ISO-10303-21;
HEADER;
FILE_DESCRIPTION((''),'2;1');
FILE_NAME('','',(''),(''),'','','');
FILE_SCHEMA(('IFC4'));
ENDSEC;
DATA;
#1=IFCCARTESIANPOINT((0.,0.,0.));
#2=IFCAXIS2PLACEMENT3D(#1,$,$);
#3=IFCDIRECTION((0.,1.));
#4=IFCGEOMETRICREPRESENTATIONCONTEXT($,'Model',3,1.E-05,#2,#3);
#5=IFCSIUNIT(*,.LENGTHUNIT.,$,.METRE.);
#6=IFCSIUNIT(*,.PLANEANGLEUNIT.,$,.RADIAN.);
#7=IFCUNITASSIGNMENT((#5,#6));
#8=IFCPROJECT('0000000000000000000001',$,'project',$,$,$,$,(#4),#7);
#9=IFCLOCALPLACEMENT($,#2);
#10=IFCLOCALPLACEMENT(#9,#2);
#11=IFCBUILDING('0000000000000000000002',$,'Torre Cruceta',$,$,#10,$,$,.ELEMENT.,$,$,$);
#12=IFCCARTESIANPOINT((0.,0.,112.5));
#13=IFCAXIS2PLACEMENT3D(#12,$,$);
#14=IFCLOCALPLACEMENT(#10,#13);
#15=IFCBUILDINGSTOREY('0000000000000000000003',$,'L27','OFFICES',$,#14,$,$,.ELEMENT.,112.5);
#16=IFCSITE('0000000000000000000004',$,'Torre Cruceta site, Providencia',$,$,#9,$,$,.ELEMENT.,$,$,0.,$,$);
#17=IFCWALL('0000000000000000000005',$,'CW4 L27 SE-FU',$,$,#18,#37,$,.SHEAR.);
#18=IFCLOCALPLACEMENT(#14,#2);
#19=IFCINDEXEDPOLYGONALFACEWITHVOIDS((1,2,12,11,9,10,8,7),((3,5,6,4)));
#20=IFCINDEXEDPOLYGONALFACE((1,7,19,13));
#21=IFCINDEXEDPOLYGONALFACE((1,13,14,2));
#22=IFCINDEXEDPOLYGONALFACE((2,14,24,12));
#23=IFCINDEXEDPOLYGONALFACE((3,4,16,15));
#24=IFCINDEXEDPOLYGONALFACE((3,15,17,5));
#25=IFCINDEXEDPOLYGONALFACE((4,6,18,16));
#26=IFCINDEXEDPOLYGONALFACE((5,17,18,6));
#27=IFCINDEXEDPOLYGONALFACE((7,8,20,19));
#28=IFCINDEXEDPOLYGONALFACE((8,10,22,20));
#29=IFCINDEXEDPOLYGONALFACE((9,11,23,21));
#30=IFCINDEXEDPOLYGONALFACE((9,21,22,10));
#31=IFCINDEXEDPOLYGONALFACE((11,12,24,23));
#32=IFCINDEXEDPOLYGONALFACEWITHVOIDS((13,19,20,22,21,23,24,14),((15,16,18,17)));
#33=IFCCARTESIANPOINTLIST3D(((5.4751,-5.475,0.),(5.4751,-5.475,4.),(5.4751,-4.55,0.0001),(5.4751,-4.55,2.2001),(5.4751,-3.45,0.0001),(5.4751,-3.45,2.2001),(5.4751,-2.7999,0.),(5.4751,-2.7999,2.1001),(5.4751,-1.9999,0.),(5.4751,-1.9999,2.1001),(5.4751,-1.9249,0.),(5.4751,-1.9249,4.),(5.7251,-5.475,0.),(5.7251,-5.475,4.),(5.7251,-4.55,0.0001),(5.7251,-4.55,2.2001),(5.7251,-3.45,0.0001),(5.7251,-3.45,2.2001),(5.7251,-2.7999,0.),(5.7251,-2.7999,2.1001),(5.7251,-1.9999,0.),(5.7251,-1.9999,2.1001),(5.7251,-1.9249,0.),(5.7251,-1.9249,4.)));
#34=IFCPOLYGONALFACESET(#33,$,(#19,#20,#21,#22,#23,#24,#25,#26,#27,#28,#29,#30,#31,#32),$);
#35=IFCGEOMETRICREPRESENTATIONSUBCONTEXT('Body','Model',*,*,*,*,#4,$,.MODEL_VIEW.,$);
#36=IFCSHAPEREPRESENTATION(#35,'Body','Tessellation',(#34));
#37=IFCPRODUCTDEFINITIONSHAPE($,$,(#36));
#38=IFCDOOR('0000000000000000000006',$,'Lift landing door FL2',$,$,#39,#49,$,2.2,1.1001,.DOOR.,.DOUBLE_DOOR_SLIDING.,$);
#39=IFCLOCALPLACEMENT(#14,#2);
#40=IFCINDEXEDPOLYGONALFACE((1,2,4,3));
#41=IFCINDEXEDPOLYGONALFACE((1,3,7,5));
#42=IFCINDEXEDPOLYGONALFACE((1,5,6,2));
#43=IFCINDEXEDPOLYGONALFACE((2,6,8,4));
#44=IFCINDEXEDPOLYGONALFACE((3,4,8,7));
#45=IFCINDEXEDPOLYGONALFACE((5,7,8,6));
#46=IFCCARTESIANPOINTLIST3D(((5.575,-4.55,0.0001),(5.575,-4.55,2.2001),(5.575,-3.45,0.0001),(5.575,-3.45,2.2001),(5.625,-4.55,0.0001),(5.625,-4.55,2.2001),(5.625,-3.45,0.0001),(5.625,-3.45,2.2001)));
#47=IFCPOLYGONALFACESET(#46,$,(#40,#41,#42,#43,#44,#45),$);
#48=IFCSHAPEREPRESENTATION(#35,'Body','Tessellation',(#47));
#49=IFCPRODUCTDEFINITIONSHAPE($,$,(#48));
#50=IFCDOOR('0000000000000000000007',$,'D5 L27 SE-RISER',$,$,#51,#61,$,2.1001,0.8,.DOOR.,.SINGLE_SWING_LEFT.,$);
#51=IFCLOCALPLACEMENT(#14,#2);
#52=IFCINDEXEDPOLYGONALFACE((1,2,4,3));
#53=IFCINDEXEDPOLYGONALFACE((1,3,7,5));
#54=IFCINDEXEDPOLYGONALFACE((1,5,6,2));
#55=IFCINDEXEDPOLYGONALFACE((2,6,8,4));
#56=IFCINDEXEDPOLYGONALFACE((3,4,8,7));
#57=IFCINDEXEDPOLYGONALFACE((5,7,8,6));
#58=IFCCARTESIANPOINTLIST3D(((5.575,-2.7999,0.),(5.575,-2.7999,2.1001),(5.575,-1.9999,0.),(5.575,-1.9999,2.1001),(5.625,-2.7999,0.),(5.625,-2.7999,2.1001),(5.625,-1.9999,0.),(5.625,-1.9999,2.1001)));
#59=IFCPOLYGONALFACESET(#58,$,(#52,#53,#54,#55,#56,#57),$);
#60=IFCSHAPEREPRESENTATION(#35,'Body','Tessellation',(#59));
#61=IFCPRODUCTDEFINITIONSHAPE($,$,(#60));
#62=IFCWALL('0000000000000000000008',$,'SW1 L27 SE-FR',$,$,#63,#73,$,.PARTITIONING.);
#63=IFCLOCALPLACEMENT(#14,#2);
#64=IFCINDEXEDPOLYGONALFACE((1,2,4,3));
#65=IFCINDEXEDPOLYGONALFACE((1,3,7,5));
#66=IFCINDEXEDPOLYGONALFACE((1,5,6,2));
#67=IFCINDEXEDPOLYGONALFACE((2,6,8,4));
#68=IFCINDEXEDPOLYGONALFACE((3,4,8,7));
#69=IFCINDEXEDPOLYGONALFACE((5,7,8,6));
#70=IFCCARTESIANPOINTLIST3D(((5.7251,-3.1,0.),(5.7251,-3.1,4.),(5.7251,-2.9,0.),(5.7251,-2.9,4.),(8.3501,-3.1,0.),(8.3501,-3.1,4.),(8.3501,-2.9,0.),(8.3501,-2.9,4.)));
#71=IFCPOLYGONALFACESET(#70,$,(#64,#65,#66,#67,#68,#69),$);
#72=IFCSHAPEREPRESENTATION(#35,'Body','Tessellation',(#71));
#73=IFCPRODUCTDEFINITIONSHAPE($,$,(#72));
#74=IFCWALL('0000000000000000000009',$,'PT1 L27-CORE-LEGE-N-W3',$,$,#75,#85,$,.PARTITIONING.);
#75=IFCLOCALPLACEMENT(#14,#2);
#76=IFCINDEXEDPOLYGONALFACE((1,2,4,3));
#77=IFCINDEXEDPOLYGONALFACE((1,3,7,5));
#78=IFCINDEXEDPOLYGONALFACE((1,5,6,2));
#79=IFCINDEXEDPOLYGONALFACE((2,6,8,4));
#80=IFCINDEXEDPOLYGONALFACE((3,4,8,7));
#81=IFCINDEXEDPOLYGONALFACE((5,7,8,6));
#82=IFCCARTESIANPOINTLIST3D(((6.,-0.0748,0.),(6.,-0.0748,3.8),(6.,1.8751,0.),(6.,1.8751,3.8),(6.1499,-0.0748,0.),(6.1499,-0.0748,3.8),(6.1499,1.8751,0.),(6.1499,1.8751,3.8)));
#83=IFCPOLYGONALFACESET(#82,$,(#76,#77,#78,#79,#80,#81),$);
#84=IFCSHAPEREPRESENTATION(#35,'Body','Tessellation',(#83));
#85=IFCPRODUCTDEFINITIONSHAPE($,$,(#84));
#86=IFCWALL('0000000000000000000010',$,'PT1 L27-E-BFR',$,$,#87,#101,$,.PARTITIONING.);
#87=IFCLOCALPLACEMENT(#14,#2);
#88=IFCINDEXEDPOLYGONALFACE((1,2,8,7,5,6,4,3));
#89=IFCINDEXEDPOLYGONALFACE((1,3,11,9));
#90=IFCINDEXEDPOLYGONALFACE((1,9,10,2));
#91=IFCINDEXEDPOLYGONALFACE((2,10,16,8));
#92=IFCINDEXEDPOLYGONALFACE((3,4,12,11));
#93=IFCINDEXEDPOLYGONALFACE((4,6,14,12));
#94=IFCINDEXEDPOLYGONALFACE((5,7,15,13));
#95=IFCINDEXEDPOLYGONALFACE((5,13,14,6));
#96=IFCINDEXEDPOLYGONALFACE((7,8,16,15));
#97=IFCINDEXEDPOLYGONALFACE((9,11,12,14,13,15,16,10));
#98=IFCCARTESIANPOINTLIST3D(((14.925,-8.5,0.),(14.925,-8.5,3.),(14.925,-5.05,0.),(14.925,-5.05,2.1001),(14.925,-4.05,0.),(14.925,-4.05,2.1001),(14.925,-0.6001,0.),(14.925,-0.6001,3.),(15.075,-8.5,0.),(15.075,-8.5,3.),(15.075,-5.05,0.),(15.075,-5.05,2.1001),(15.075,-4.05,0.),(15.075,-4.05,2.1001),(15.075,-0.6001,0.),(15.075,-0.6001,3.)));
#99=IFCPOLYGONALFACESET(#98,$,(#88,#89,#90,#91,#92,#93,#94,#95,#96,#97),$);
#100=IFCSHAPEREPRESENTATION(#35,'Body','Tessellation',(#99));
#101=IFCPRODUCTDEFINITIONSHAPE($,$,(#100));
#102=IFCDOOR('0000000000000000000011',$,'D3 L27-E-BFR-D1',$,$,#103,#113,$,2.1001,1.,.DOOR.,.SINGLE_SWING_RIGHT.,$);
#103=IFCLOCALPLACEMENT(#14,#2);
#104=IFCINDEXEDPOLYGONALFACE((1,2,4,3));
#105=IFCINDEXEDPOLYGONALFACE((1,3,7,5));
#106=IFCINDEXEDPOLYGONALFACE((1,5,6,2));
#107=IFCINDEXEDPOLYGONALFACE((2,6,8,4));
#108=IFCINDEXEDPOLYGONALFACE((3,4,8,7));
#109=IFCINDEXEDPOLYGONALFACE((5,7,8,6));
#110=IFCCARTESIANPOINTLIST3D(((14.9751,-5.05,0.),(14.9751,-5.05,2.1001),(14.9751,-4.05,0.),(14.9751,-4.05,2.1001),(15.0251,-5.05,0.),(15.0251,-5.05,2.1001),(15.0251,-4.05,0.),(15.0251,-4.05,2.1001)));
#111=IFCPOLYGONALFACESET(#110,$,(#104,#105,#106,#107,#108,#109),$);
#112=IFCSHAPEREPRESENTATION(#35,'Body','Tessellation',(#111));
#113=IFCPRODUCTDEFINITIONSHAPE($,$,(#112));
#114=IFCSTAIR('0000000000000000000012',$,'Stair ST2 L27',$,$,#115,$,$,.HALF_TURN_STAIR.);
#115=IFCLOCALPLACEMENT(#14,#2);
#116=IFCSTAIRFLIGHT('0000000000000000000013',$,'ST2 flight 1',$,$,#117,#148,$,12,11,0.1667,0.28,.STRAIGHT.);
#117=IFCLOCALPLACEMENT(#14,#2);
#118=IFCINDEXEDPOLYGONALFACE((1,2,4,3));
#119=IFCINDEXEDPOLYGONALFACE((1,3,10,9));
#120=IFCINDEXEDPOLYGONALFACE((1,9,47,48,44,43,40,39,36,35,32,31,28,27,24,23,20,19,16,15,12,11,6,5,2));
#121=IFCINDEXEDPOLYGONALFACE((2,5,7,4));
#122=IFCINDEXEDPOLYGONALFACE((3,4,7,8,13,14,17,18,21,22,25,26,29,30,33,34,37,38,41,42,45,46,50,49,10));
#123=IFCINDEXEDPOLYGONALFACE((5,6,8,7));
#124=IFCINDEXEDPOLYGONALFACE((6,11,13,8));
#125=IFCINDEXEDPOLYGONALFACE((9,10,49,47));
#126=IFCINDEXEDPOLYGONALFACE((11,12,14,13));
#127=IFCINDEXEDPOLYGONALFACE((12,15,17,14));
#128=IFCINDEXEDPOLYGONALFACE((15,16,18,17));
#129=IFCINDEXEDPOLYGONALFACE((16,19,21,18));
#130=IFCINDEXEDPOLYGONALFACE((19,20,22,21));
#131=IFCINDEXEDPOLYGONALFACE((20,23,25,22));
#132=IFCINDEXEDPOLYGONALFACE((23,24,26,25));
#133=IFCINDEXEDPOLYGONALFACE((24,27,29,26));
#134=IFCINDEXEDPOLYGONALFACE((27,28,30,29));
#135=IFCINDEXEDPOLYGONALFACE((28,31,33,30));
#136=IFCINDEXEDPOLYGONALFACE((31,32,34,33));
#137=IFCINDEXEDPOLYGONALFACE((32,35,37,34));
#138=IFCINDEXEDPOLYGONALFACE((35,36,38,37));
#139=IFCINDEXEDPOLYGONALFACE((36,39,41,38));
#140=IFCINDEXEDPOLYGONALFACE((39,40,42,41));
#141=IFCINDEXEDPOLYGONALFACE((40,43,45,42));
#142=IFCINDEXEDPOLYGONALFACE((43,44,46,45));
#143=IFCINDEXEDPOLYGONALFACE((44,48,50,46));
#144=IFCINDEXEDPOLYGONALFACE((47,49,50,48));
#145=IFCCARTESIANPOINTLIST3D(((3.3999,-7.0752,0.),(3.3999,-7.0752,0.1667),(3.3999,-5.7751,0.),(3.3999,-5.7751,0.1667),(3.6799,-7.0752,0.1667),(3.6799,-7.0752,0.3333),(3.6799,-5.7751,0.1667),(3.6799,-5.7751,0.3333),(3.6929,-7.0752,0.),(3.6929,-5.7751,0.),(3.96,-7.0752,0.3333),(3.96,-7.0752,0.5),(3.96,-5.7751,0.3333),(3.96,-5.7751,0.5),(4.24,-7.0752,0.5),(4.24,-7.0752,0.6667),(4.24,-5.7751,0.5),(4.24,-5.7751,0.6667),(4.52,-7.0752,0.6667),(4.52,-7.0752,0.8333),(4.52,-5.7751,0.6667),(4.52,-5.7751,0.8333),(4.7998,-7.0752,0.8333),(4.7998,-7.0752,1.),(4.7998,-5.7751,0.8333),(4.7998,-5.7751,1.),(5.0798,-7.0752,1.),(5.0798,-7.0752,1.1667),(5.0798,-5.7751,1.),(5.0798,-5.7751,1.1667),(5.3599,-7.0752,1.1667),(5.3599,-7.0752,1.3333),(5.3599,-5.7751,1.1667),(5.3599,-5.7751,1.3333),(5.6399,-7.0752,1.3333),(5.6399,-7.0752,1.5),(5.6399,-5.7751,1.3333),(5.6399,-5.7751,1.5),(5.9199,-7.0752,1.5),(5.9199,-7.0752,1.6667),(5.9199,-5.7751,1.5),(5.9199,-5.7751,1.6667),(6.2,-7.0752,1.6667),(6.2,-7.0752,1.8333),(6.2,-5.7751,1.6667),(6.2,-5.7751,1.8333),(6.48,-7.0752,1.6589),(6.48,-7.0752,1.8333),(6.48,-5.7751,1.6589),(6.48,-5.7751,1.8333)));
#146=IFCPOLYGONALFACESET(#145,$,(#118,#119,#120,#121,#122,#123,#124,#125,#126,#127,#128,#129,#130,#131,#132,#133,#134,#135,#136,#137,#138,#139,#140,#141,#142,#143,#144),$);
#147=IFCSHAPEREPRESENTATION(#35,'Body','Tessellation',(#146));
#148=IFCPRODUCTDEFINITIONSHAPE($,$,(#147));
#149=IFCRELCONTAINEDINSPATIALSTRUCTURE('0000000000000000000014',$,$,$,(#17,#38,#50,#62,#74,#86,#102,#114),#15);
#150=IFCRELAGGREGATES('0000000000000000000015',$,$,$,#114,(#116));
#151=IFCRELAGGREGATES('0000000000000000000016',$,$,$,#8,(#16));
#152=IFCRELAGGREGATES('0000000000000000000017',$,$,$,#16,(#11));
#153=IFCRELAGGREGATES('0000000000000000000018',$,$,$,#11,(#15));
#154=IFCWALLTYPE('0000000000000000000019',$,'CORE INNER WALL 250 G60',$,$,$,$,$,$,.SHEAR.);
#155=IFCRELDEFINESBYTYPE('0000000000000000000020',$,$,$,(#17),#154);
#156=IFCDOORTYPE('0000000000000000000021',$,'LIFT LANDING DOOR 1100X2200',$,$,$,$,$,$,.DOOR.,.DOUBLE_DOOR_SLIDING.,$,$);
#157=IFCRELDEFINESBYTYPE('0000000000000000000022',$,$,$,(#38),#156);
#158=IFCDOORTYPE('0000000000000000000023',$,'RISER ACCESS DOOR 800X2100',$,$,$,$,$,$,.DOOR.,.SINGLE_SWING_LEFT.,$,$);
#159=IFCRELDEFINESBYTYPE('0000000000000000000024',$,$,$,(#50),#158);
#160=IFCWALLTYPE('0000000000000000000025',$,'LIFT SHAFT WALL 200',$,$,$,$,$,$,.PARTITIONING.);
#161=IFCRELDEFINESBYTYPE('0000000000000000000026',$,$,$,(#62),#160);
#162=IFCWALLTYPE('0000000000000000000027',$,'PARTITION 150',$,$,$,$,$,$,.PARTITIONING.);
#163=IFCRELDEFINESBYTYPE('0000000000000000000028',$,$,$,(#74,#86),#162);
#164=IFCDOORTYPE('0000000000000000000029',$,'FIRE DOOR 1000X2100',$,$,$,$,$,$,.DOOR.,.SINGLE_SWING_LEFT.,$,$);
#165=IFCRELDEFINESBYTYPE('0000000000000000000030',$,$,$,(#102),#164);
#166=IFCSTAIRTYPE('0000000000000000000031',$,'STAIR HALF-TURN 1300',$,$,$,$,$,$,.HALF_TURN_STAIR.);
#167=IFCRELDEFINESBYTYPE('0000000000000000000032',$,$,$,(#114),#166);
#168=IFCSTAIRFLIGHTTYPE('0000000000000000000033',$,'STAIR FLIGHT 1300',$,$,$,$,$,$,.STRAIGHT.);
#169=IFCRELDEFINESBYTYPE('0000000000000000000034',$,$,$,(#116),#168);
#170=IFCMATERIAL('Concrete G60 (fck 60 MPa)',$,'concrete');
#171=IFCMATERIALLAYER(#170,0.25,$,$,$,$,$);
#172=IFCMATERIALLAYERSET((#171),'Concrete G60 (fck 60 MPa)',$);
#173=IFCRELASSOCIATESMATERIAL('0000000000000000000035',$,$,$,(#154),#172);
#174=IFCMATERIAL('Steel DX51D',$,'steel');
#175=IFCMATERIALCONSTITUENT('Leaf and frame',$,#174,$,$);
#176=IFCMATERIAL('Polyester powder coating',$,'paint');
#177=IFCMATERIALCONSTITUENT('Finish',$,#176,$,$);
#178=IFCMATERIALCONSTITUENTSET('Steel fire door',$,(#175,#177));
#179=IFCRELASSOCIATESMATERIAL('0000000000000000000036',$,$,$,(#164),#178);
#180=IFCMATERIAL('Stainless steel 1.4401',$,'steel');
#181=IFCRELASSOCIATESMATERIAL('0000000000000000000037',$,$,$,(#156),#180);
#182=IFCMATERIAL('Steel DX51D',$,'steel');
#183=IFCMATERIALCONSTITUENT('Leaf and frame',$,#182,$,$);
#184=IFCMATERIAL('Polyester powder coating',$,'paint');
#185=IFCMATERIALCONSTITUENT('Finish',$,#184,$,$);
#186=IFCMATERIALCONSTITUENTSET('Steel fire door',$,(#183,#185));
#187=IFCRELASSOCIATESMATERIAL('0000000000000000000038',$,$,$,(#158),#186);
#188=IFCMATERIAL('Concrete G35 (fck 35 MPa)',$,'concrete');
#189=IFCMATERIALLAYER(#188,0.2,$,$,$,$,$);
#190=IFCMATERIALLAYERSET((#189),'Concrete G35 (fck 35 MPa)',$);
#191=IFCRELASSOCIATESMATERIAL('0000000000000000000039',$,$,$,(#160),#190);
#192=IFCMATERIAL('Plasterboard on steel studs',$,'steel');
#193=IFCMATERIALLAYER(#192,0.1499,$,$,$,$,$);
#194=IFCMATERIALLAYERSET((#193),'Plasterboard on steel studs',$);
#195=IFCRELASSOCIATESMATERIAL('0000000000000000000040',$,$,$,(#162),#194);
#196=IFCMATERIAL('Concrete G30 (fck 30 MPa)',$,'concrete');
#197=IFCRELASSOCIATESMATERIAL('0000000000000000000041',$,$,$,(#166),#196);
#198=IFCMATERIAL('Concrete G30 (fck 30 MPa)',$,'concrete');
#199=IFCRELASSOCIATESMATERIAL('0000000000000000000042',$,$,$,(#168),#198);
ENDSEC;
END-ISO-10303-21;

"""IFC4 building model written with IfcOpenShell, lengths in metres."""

from ifc_helpers import new_model, si_unit, direction, frame, frame_2d, origin, place, context, subcontext, project, spatial, polyline, rectangle, outline, extrude, material, layer, layer_set, constituent, constituent_set, type_object, element, fill, aggregate, save


model = new_model("IFC4")

# Units and contexts
model_context = context("Model", 3, precision=1e-05, world=origin(), true_north=direction((0.0, 1.0)))
body_context = subcontext(model_context, "Body", "Model", "MODEL_VIEW")
ifc_project = project(units=[si_unit("LENGTHUNIT", "METRE"), si_unit("PLANEANGLEUNIT", "RADIAN")], contexts=[model_context])

# Site, building, storey
site_placement = place(None, origin())
site = spatial("IfcSite", under=ifc_project, at=site_placement, Name="Torre Cruceta site, Providencia", CompositionType="ELEMENT", RefElevation=0.0)
building_placement = place(site_placement, origin())
building = spatial("IfcBuilding", under=site, at=building_placement, Name="Torre Cruceta", CompositionType="ELEMENT")
storey_placement = place(building_placement, frame((0.0, 0.0, 112.5)))
storey = spatial("IfcBuildingStorey", under=building, at=storey_placement, Name="L27", Description="OFFICES", CompositionType="ELEMENT", Elevation=112.5)

# Shared definitions
ifc_material_1 = material(Name="Concrete G60 (fck 60 MPa)", Category="concrete")
ifc_layer_1 = layer(ifc_material_1, 0.25)
ifc_layer_set_1 = layer_set([ifc_layer_1], Name="Concrete G60 (fck 60 MPa)")
wall_type_1 = type_object("IfcWallType", Name="CORE INNER WALL 250 G60", PredefinedType="SHEAR", material=ifc_layer_set_1)
ifc_material_2 = material(Name="Steel DX51D", Category="steel")
ifc_constituent_1 = constituent(ifc_material_2, Name="Leaf and frame")
ifc_material_3 = material(Name="Polyester powder coating", Category="paint")
ifc_constituent_2 = constituent(ifc_material_3, Name="Finish")
ifc_constituent_set_1 = constituent_set(constituents=[ifc_constituent_1, ifc_constituent_2], Name="Steel fire door")
door_type_1 = type_object("IfcDoorType", Name="FIRE DOOR 1000X2100", OperationType="SINGLE_SWING_LEFT", PredefinedType="DOOR", material=ifc_constituent_set_1)

# Wall, openings, doors
wall_1_placement = place(storey_placement, frame((5.6001, -1.925, 0.0), z_axis=(0.0, 0.0, 1.0), x_axis=(0.0, -1.0, 0.0)))
wall_1 = element("IfcWall", 1, at=wall_1_placement, inside=storey, type_object=wall_type_1, Name="CW4 L27 SE-FU", PredefinedType="SHEAR", context=body_context, shape_type="SweptSolid", body=[
    extrude(rectangle(XDim=3.55, YDim=0.25, at=frame_2d((1.7749, 0.0))), origin(), (0.0, 0.0, 1.0), 4.0),
])
opening_1_placement = place(wall_1_placement, frame((1.5249, 0.0, 0.0)))
opening_1 = element("IfcOpeningElement", 2, at=opening_1_placement, cuts=wall_1, PredefinedType="OPENING", context=body_context, shape_type="SweptSolid", body=[
    extrude(rectangle(XDim=1.1001, YDim=2.2, at=frame_2d((0.55, 1.1001))), frame((0.0, 0.135, 0.0), z_axis=(0.0, -1.0, 0.0), x_axis=(1.0, 0.0, 0.0)), (0.0, 0.0, 1.0), 0.27),
])
opening_2_placement = place(wall_1_placement, frame((0.075, 0.0, 0.0)))
opening_2 = element("IfcOpeningElement", 3, at=opening_2_placement, cuts=wall_1, PredefinedType="OPENING", context=body_context, shape_type="SweptSolid", body=[
    extrude(rectangle(XDim=0.8, YDim=2.1001, at=frame_2d((0.3999, 1.05))), frame((0.0, 0.135, 0.0), z_axis=(0.0, -1.0, 0.0), x_axis=(1.0, 0.0, 0.0)), (0.0, 0.0, 1.0), 0.27),
])
ifc_material_4 = material(Name="Stainless steel 1.4401", Category="steel")
door_type_2 = type_object("IfcDoorType", Name="LIFT LANDING DOOR 1100X2200", OperationType="DOUBLE_DOOR_SLIDING", PredefinedType="DOOR", material=ifc_material_4)
door_1_placement = place(opening_1_placement, origin())
door_1 = element("IfcDoor", 4, at=door_1_placement, inside=storey, type_object=door_type_2, Name="Lift landing door FL2", OperationType="DOUBLE_DOOR_SLIDING", OverallHeight=2.2, OverallWidth=1.1001, PredefinedType="DOOR", context=body_context, shape_type="SweptSolid", body=[
    extrude(rectangle(XDim=1.1001, YDim=2.2, at=frame_2d((0.55, 1.1001))), frame((0.0, 0.0249, 0.0), z_axis=(0.0, -1.0, 0.0), x_axis=(1.0, 0.0, 0.0)), (0.0, 0.0, 1.0), 0.05),
])
fill(opening_1, door_1)
ifc_material_5 = material(Name="Steel DX51D", Category="steel")
ifc_constituent_3 = constituent(ifc_material_5, Name="Leaf and frame")
ifc_material_6 = material(Name="Polyester powder coating", Category="paint")
ifc_constituent_4 = constituent(ifc_material_6, Name="Finish")
ifc_constituent_set_2 = constituent_set(constituents=[ifc_constituent_3, ifc_constituent_4], Name="Steel fire door")
door_type_3 = type_object("IfcDoorType", Name="RISER ACCESS DOOR 800X2100", OperationType="SINGLE_SWING_LEFT", PredefinedType="DOOR", material=ifc_constituent_set_2)
door_2_placement = place(opening_2_placement, origin())
door_2 = element("IfcDoor", 5, at=door_2_placement, inside=storey, type_object=door_type_3, Name="D5 L27 SE-RISER", OperationType="SINGLE_SWING_LEFT", OverallHeight=2.1001, OverallWidth=0.8, PredefinedType="DOOR", context=body_context, shape_type="SweptSolid", body=[
    extrude(rectangle(XDim=0.8, YDim=2.1001, at=frame_2d((0.3999, 1.05))), frame((0.0, 0.0249, 0.0), z_axis=(0.0, -1.0, 0.0), x_axis=(1.0, 0.0, 0.0)), (0.0, 0.0, 1.0), 0.05),
])
fill(opening_2, door_2)

# Walls
ifc_material_7 = material(Name="Concrete G35 (fck 35 MPa)", Category="concrete")
ifc_layer_2 = layer(ifc_material_7, 0.2)
ifc_layer_set_2 = layer_set([ifc_layer_2], Name="Concrete G35 (fck 35 MPa)")
wall_type_2 = type_object("IfcWallType", Name="LIFT SHAFT WALL 200", PredefinedType="PARTITIONING", material=ifc_layer_set_2)
wall_2_placement = place(storey_placement, frame((5.7251, -3.0, 0.0), z_axis=(0.0, 0.0, 1.0), x_axis=(1.0, 0.0, 0.0)))
element("IfcWall", 6, at=wall_2_placement, inside=storey, type_object=wall_type_2, Name="SW1 L27 SE-FR", PredefinedType="PARTITIONING", context=body_context, shape_type="SweptSolid", body=[
    extrude(rectangle(XDim=2.625, YDim=0.2, at=frame_2d((1.3125, 0.0))), origin(), (0.0, 0.0, 1.0), 4.0),
])
ifc_material_8 = material(Name="Plasterboard on steel studs", Category="steel")
ifc_layer_3 = layer(ifc_material_8, 0.1499)
ifc_layer_set_3 = layer_set([ifc_layer_3], Name="Plasterboard on steel studs")
wall_type_3 = type_object("IfcWallType", Name="PARTITION 150", PredefinedType="PARTITIONING", material=ifc_layer_set_3)
wall_3_placement = place(storey_placement, frame((6.075, -0.075, 0.0), z_axis=(0.0, 0.0, 1.0), x_axis=(0.0, 1.0, 0.0)))
element("IfcWall", 7, at=wall_3_placement, inside=storey, type_object=wall_type_3, Name="PT1 L27-CORE-LEGE-N-W3", PredefinedType="PARTITIONING", context=body_context, shape_type="SweptSolid", body=[
    extrude(rectangle(XDim=1.95, YDim=0.1499, at=frame_2d((0.9751, 0.0))), origin(), (0.0, 0.0, 1.0), 3.8),
])

# Wall, opening, door
wall_4_placement = place(storey_placement, frame((15.0, -8.5, 0.0), z_axis=(0.0, 0.0, 1.0), x_axis=(0.0, 1.0, 0.0)))
wall_4 = element("IfcWall", 8, at=wall_4_placement, inside=storey, type_object=wall_type_3, Name="PT1 L27-E-BFR", PredefinedType="PARTITIONING", context=body_context, shape_type="SweptSolid", body=[
    extrude(rectangle(XDim=7.8999, YDim=0.1499, at=frame_2d((3.95, 0.0))), origin(), (0.0, 0.0, 1.0), 3.0),
])
opening_3_placement = place(wall_4_placement, frame((3.45, 0.0, 0.0)))
opening_3 = element("IfcOpeningElement", 9, at=opening_3_placement, cuts=wall_4, PredefinedType="OPENING", context=body_context, shape_type="SweptSolid", body=[
    extrude(rectangle(XDim=1.0, YDim=2.1001, at=frame_2d((0.5, 1.05))), frame((0.0, 0.085, 0.0), z_axis=(0.0, -1.0, 0.0), x_axis=(1.0, 0.0, 0.0)), (0.0, 0.0, 1.0), 0.1699),
])
door_3_placement = place(opening_3_placement, origin())
door_3 = element("IfcDoor", 10, at=door_3_placement, inside=storey, type_object=door_type_1, Name="D3 L27-E-BFR-D1", OperationType="SINGLE_SWING_RIGHT", OverallHeight=2.1001, OverallWidth=1.0, PredefinedType="DOOR", context=body_context, shape_type="SweptSolid", body=[
    extrude(rectangle(XDim=1.0, YDim=2.1001, at=frame_2d((0.5, 1.05))), frame((0.0, 0.0249, 0.0), z_axis=(0.0, -1.0, 0.0), x_axis=(1.0, 0.0, 0.0)), (0.0, 0.0, 1.0), 0.05),
])
fill(opening_3, door_3)

# Stair, stair flight
ifc_material_9 = material(Name="Concrete G30 (fck 30 MPa)", Category="concrete")
stair_type = type_object("IfcStairType", Name="STAIR HALF-TURN 1300", PredefinedType="HALF_TURN_STAIR", material=ifc_material_9)
stair_placement = place(storey_placement, origin())
stair = element("IfcStair", 11, at=stair_placement, inside=storey, type_object=stair_type, Name="Stair ST2 L27", PredefinedType="HALF_TURN_STAIR")
ifc_material_10 = material(Name="Concrete G30 (fck 30 MPa)", Category="concrete")
stair_flight_type = type_object("IfcStairFlightType", Name="STAIR FLIGHT 1300", PredefinedType="STRAIGHT", material=ifc_material_10)
stair_flight_1_placement = place(storey_placement, frame((3.3999, -6.425, 0.0), z_axis=(0.0, 0.0, 1.0), x_axis=(1.0, 0.0, 0.0)))
stair_flight_1 = element("IfcStairFlight", 12, at=stair_flight_1_placement, type_object=stair_flight_type, Name="ST2 flight 1", NumberOfRisers=12, NumberOfTreads=11, PredefinedType="STRAIGHT", RiserHeight=0.1667, TreadLength=0.28, context=body_context, shape_type="SweptSolid", body=[
    extrude(outline(polyline([(0.0, 0.0), (0.0, 0.1667), (0.28, 0.1667), (0.28, 0.3333), (0.5601, 0.3333), (0.5601, 0.5), (0.8401, 0.5), (0.8401, 0.6667), (1.1201, 0.6667), (1.1201, 0.8333), (1.3999, 0.8333), (1.3999, 1.0), (1.6799, 1.0), (1.6799, 1.1667), (1.96, 1.1667), (1.96, 1.3333), (2.24, 1.3333), (2.24, 1.5), (2.52, 1.5), (2.52, 1.6667), (2.8, 1.6667), (2.8, 1.8333), (3.0801, 1.8333), (3.0801, 2.0), (3.0801, 1.6589), (0.293, 0.0), (0.0, 0.0)])), frame((0.0, 0.6499, 0.0), z_axis=(0.0, -1.0, 0.0), x_axis=(1.0, 0.0, 0.0)), (0.0, 0.0, 1.0), 1.3),
])
aggregate(stair, [stair_flight_1])

save(model, "model.ifc")
